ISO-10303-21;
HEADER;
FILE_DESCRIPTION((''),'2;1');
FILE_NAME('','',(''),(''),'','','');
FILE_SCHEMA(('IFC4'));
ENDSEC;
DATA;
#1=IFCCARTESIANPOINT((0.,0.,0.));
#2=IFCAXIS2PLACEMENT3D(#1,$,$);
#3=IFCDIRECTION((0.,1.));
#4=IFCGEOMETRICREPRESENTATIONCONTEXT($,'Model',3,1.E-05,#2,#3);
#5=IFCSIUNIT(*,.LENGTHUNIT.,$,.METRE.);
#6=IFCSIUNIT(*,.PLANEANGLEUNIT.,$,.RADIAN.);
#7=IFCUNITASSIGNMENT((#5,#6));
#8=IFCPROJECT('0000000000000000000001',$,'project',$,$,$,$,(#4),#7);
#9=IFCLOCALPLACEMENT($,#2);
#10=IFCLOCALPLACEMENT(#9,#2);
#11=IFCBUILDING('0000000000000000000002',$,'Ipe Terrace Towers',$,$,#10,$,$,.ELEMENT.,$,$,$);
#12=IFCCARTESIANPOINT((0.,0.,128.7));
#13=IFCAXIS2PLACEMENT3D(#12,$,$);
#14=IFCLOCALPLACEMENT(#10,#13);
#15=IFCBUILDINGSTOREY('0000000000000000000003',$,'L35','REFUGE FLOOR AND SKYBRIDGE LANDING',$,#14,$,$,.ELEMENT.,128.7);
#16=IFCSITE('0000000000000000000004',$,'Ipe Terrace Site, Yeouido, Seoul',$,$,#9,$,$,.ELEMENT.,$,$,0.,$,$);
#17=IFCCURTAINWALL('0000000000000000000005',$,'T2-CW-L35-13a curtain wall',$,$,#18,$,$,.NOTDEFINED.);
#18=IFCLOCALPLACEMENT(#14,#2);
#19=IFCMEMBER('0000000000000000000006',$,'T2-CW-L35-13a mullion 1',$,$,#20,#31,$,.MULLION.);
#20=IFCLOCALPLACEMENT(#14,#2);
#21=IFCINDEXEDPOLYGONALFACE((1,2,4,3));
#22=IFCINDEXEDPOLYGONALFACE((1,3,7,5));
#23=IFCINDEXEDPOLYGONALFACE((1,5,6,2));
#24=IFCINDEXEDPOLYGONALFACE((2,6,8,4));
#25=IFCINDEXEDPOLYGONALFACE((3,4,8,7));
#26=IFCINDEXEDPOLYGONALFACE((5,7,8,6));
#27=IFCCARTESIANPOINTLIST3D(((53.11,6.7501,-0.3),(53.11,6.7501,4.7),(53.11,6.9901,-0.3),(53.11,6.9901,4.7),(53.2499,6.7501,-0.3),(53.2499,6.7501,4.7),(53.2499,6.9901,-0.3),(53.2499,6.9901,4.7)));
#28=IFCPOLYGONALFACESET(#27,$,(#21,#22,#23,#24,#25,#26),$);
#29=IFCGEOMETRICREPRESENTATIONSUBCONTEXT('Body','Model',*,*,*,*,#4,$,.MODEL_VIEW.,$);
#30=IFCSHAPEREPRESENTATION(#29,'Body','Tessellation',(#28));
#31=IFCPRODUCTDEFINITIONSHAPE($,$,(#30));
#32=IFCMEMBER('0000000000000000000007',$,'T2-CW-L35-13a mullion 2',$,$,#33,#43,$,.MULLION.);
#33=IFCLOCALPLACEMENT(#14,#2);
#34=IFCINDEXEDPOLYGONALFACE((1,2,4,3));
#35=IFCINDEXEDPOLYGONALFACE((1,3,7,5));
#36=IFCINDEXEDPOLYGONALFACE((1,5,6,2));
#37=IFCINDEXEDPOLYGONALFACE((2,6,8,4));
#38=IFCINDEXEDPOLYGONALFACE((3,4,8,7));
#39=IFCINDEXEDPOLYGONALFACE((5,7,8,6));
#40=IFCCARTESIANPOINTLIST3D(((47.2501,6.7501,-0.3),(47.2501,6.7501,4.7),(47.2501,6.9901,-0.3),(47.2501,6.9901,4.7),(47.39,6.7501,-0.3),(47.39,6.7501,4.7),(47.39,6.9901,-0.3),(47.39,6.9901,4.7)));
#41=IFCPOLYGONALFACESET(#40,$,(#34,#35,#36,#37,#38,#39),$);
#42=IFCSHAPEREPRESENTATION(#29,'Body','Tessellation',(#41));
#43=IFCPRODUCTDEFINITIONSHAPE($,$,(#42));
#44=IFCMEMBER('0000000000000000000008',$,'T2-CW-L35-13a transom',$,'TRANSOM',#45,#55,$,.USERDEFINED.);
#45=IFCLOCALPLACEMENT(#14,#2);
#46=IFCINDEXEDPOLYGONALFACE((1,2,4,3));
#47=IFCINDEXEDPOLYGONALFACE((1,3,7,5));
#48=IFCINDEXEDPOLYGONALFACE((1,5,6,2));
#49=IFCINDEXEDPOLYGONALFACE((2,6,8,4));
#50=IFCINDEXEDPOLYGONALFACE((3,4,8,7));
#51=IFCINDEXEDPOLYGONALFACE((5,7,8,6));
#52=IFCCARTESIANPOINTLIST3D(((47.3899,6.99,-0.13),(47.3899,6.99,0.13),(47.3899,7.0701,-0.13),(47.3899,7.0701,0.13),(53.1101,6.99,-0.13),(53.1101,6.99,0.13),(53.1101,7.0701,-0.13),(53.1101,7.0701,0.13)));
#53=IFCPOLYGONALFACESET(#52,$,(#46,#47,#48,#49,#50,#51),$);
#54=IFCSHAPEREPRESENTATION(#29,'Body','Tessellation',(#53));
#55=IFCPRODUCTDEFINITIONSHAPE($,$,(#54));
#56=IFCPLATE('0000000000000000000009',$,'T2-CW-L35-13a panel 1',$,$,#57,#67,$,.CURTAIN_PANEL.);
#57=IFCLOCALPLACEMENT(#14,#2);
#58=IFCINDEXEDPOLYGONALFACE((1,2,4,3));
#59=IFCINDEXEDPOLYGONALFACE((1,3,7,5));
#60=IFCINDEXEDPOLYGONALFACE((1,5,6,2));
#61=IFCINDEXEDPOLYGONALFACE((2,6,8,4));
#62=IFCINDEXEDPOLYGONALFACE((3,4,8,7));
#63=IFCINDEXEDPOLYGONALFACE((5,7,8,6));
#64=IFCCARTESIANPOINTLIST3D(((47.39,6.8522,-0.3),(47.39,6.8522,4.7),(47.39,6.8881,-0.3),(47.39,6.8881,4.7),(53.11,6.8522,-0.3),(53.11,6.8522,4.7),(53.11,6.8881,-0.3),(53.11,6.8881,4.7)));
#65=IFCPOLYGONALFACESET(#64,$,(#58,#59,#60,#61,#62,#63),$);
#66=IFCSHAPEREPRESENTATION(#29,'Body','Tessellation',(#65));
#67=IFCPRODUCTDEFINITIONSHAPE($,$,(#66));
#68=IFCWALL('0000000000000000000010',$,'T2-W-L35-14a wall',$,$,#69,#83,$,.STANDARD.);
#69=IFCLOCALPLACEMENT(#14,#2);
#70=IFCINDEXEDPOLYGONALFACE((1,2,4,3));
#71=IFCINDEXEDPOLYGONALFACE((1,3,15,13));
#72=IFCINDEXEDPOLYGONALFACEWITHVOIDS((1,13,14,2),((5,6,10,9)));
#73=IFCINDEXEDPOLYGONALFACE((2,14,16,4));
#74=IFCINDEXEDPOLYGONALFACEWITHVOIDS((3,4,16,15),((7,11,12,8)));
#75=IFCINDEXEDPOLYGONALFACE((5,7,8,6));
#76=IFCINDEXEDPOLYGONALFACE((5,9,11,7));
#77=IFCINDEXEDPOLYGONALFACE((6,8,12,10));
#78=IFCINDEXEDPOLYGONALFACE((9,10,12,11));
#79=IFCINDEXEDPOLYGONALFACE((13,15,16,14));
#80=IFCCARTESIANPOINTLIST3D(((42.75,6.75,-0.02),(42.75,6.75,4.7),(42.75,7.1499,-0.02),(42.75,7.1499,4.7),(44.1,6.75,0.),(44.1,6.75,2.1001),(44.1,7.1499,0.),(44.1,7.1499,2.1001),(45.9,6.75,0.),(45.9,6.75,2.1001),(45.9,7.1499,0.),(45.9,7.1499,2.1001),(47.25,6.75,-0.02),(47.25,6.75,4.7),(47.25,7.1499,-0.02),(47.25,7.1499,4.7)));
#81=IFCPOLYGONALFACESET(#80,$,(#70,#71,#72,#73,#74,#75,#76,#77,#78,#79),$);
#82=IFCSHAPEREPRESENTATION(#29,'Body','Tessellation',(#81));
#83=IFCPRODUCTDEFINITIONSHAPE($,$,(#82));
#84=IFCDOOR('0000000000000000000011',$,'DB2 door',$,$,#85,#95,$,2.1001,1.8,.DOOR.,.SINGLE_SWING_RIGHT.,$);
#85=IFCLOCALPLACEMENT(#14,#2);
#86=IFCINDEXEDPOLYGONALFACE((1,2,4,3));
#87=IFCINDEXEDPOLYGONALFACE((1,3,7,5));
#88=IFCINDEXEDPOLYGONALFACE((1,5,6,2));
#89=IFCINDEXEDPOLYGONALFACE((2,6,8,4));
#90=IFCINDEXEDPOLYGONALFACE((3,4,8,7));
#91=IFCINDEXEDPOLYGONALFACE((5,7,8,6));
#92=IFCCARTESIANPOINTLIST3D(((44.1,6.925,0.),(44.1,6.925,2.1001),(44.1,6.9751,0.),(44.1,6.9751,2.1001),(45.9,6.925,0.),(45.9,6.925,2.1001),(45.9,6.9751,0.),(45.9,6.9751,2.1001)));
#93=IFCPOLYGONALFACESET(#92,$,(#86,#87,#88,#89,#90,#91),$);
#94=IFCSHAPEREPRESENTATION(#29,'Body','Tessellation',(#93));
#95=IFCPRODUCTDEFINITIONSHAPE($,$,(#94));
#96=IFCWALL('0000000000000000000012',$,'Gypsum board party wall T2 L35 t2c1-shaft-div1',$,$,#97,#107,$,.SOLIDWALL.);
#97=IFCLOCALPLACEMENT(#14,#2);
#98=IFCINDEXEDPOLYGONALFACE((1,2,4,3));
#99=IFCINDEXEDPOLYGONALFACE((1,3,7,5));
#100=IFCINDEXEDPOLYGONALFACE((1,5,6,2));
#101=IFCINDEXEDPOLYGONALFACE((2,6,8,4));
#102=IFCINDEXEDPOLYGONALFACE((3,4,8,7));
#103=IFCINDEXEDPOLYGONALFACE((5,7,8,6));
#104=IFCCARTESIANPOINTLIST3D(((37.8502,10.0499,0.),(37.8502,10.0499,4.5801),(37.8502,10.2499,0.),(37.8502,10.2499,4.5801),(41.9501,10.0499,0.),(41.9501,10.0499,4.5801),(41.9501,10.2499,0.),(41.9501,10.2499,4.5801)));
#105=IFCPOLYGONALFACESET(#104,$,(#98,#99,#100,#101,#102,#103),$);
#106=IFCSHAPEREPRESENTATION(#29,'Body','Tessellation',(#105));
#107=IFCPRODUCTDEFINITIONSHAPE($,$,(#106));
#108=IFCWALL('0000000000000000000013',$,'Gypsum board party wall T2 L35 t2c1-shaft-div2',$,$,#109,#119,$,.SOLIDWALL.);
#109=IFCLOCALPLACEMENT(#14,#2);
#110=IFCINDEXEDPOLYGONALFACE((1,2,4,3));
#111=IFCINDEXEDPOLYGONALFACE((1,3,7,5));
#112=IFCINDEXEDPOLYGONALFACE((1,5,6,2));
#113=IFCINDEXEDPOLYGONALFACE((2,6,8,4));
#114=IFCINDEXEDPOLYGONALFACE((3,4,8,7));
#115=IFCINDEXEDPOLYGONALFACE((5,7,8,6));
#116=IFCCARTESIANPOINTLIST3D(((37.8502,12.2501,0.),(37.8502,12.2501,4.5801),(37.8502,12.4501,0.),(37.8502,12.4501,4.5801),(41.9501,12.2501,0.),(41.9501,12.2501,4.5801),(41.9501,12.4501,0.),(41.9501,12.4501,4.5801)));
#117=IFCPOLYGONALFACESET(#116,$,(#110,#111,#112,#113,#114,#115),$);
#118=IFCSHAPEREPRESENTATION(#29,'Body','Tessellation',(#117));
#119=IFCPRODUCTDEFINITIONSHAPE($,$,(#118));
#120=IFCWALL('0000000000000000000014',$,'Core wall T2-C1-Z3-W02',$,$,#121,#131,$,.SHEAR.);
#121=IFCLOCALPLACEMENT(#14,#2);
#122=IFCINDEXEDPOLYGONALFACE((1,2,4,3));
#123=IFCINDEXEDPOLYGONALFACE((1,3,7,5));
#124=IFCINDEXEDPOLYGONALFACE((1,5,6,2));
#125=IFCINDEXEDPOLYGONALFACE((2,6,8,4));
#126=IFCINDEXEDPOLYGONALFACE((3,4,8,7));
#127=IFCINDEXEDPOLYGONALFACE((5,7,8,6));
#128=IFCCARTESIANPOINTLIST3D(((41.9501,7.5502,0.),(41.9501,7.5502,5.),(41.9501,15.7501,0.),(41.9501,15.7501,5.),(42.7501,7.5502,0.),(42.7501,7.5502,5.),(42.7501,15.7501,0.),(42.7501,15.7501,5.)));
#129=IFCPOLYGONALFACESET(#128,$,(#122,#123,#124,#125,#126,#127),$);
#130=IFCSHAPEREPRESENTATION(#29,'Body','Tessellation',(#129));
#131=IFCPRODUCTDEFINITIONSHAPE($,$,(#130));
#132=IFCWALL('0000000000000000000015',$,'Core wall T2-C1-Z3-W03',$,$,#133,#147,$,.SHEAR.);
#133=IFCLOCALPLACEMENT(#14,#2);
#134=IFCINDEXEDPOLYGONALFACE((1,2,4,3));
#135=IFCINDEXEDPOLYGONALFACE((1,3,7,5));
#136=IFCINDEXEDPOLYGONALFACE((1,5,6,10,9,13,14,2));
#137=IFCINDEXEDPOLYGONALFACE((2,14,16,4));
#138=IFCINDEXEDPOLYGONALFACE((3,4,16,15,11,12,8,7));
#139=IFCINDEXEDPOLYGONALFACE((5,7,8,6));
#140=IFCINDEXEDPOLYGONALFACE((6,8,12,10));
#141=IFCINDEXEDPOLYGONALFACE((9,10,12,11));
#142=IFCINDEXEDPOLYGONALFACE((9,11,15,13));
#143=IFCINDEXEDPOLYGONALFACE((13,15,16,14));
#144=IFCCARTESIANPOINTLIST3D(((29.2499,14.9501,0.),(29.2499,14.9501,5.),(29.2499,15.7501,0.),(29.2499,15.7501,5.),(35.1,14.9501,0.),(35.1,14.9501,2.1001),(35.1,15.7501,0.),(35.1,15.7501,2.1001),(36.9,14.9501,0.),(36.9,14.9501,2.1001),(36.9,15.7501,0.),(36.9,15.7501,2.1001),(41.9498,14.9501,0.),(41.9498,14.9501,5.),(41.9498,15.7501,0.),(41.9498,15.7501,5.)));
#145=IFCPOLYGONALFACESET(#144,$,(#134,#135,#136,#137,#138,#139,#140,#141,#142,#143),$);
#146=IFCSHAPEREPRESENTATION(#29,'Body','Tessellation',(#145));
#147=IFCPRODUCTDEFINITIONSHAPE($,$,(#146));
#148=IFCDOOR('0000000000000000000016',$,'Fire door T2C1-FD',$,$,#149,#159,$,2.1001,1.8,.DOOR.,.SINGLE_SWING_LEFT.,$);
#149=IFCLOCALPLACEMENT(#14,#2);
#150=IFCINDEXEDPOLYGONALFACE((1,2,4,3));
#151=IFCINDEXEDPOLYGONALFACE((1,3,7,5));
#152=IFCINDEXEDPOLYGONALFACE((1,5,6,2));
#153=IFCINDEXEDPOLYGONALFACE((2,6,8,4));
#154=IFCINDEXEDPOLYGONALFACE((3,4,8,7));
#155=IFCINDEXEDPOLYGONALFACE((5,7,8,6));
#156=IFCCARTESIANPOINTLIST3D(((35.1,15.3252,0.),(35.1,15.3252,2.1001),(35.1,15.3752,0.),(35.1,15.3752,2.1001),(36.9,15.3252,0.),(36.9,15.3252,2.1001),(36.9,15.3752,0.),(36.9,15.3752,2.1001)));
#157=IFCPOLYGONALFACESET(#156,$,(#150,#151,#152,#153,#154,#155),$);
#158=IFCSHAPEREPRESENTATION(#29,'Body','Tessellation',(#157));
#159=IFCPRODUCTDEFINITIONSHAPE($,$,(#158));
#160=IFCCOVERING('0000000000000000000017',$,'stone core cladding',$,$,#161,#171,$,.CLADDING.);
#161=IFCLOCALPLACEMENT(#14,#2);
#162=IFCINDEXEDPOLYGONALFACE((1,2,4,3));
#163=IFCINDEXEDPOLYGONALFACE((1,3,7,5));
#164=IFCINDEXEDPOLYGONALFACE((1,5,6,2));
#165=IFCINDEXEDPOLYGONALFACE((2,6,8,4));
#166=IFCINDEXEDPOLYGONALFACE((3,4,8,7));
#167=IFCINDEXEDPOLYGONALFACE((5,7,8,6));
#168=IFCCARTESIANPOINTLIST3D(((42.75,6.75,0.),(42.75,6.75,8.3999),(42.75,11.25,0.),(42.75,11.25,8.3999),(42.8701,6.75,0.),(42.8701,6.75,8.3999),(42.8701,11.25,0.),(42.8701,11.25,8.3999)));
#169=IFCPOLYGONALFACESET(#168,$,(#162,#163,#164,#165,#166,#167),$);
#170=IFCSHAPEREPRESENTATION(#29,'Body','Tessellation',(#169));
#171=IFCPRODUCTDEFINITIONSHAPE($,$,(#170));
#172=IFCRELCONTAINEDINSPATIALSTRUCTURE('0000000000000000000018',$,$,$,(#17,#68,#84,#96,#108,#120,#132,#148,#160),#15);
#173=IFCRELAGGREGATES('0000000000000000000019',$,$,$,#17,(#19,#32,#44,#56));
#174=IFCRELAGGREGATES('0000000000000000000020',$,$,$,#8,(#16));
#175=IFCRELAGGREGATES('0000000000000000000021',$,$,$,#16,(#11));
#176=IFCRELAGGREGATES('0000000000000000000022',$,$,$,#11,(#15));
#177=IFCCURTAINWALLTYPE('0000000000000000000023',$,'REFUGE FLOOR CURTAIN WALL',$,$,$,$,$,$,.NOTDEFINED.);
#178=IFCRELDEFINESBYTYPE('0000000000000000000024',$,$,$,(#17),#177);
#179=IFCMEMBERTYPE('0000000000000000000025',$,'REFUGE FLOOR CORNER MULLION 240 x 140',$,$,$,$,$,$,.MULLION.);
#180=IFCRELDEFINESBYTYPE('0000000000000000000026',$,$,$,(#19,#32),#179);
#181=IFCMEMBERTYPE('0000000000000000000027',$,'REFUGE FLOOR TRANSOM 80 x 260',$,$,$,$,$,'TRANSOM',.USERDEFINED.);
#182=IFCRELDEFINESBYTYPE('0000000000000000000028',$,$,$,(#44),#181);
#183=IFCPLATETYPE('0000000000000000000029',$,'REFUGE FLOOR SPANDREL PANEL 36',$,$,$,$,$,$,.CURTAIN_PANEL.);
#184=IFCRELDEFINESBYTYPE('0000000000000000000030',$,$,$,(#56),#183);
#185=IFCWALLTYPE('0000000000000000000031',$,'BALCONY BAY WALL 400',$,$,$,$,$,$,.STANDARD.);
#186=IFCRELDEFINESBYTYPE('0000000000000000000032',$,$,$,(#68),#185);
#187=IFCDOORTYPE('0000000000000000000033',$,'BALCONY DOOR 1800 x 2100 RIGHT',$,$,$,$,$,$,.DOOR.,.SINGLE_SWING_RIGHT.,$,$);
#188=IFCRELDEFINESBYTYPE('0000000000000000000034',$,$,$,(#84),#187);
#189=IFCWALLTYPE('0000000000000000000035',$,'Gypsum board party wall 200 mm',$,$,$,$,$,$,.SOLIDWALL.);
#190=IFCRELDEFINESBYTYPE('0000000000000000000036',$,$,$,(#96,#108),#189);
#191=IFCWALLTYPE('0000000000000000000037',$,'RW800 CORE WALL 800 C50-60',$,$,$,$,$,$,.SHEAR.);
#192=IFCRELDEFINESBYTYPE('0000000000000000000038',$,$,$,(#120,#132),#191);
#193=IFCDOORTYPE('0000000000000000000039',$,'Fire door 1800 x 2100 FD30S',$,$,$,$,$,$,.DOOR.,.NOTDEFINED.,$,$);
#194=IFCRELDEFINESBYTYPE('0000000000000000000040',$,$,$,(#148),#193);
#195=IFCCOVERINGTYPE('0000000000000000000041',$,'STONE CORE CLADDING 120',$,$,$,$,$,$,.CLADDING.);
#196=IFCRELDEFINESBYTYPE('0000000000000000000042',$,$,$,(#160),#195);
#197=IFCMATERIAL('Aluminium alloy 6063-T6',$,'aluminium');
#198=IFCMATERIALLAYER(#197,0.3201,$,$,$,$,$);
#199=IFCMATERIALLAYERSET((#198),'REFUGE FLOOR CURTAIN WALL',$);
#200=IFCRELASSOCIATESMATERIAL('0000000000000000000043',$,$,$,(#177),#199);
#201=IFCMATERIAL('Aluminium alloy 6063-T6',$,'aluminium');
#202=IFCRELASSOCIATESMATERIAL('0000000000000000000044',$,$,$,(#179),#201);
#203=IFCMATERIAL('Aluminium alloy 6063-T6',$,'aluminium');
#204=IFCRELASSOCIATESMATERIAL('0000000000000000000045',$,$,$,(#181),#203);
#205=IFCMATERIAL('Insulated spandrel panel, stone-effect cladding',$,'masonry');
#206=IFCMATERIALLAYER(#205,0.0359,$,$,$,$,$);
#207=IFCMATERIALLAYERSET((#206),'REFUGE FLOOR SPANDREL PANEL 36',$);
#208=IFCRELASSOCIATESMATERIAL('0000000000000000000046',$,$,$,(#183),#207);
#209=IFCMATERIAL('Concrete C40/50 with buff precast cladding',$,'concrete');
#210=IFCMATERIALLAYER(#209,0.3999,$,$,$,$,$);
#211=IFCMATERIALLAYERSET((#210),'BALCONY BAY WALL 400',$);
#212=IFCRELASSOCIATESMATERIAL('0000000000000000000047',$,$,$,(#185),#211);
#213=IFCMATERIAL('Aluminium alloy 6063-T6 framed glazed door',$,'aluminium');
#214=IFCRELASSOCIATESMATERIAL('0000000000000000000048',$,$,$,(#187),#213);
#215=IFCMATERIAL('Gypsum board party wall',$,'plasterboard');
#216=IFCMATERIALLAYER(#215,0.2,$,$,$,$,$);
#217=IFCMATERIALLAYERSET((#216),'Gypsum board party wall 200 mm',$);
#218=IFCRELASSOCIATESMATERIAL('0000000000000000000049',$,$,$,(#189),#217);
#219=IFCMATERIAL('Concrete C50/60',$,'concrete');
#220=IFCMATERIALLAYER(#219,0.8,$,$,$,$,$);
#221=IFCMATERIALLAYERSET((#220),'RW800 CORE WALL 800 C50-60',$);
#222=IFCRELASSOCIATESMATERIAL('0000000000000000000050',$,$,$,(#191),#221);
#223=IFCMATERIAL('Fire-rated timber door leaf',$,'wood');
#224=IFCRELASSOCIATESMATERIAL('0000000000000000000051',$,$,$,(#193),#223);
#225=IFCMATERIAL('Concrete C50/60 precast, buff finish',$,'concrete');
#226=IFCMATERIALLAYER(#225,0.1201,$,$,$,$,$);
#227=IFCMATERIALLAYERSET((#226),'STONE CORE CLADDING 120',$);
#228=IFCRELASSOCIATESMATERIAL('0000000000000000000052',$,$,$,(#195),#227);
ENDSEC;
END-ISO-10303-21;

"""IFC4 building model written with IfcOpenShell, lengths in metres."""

from ifc_helpers import new_model, si_unit, direction, frame, frame_2d, origin, origin_2d, place, context, subcontext, project, spatial, rectangle, extrude, material, layer, layer_set, material_profile, profile_set, type_object, element, fill, aggregate, save


model = new_model("IFC4")

# Units and contexts
model_context = context("Model", 3, precision=1e-05, world=origin(), true_north=direction((0.0, 1.0)))
body_context = subcontext(model_context, "Body", "Model", "MODEL_VIEW")
ifc_project = project(units=[si_unit("LENGTHUNIT", "METRE"), si_unit("PLANEANGLEUNIT", "RADIAN")], contexts=[model_context])

# Site, building, storey
site_placement = place(None, origin())
site = spatial("IfcSite", under=ifc_project, at=site_placement, Name="Ipe Terrace Site, Yeouido, Seoul", CompositionType="ELEMENT", RefElevation=0.0)
building_placement = place(site_placement, origin())
building = spatial("IfcBuilding", under=site, at=building_placement, Name="Ipe Terrace Towers", CompositionType="ELEMENT")
storey_placement = place(building_placement, frame((0.0, 0.0, 128.7)))
storey = spatial("IfcBuildingStorey", under=building, at=storey_placement, Name="L35", Description="REFUGE FLOOR AND SKYBRIDGE LANDING", CompositionType="ELEMENT", Elevation=128.7)

# Curtain wall, members, plate
ifc_material_1 = material(Name="Aluminium alloy 6063-T6", Category="aluminium")
ifc_layer_1 = layer(ifc_material_1, 0.3201)
ifc_layer_set_1 = layer_set([ifc_layer_1], Name="REFUGE FLOOR CURTAIN WALL")
curtain_wall_type = type_object("IfcCurtainWallType", Name="REFUGE FLOOR CURTAIN WALL", PredefinedType="NOTDEFINED", material=ifc_layer_set_1)
curtain_wall_placement = place(storey_placement, origin())
curtain_wall = element("IfcCurtainWall", 1, at=curtain_wall_placement, inside=storey, type_object=curtain_wall_type, Name="T2-CW-L35-13a curtain wall", PredefinedType="NOTDEFINED")
ifc_material_2 = material(Name="Aluminium alloy 6063-T6", Category="aluminium")
ifc_material_profile_1 = material_profile(ifc_material_2, rectangle(XDim=0.24, YDim=0.1399, at=origin_2d()), Name="REFUGE FLOOR CORNER MULLION 240 x 140")
ifc_profile_set_1 = profile_set([ifc_material_profile_1], Name="Aluminium alloy 6063-T6")
member_type_1 = type_object("IfcMemberType", Name="REFUGE FLOOR CORNER MULLION 240 x 140", PredefinedType="MULLION", material=ifc_profile_set_1)
member_1_placement = place(storey_placement, frame((53.1799, 6.8701, -0.3), z_axis=(0.0, 0.0, 1.0), x_axis=(0.0, 1.0, 0.0)))
member_1 = element("IfcMember", 2, at=member_1_placement, type_object=member_type_1, Name="T2-CW-L35-13a mullion 1", PredefinedType="MULLION", context=body_context, shape_type="SweptSolid", body=[
    extrude(rectangle(XDim=0.24, YDim=0.1399, at=origin_2d()), origin(), (0.0, 0.0, 1.0), 5.0),
])
member_2_placement = place(storey_placement, frame((47.3201, 6.8701, -0.3), z_axis=(0.0, 0.0, 1.0), x_axis=(0.0, 1.0, 0.0)))
member_2 = element("IfcMember", 3, at=member_2_placement, type_object=member_type_1, Name="T2-CW-L35-13a mullion 2", PredefinedType="MULLION", context=body_context, shape_type="SweptSolid", body=[
    extrude(rectangle(XDim=0.24, YDim=0.1399, at=origin_2d()), origin(), (0.0, 0.0, 1.0), 5.0),
])
ifc_material_3 = material(Name="Aluminium alloy 6063-T6", Category="aluminium")
ifc_material_profile_2 = material_profile(ifc_material_3, rectangle(XDim=0.0801, YDim=0.26, at=origin_2d()), Name="REFUGE FLOOR TRANSOM 80 x 260")
ifc_profile_set_2 = profile_set([ifc_material_profile_2], Name="Aluminium alloy 6063-T6")
member_type_2 = type_object("IfcMemberType", Name="REFUGE FLOOR TRANSOM 80 x 260", ElementType="TRANSOM", PredefinedType="USERDEFINED", material=ifc_profile_set_2)
member_3_placement = place(storey_placement, frame((53.1101, 7.03, 0.0), z_axis=(-1.0, 0.0, 0.0), x_axis=(0.0, 1.0, 0.0)))
member_3 = element("IfcMember", 4, at=member_3_placement, type_object=member_type_2, Name="T2-CW-L35-13a transom", ObjectType="TRANSOM", PredefinedType="USERDEFINED", context=body_context, shape_type="SweptSolid", body=[
    extrude(rectangle(XDim=0.0801, YDim=0.26, at=origin_2d()), origin(), (0.0, 0.0, 1.0), 5.7202),
])
ifc_material_4 = material(Name="Insulated spandrel panel, stone-effect cladding", Category="masonry")
ifc_layer_2 = layer(ifc_material_4, 0.0359)
ifc_layer_set_2 = layer_set([ifc_layer_2], Name="REFUGE FLOOR SPANDREL PANEL 36")
plate_type = type_object("IfcPlateType", Name="REFUGE FLOOR SPANDREL PANEL 36", PredefinedType="CURTAIN_PANEL", material=ifc_layer_set_2)
plate_placement = place(storey_placement, frame((50.25, 6.8701, -0.3), z_axis=(0.0, 0.0, 1.0), x_axis=(-1.0, 0.0, 0.0)))
plate = element("IfcPlate", 5, at=plate_placement, type_object=plate_type, Name="T2-CW-L35-13a panel 1", PredefinedType="CURTAIN_PANEL", context=body_context, shape_type="SweptSolid", body=[
    extrude(rectangle(XDim=5.72, YDim=0.0359, at=origin_2d()), origin(), (0.0, 0.0, 1.0), 5.0),
])
aggregate(curtain_wall, [member_1, member_2, member_3, plate])

# Wall, opening, door
ifc_material_5 = material(Name="Concrete C40/50 with buff precast cladding", Category="concrete")
ifc_layer_3 = layer(ifc_material_5, 0.3999)
ifc_layer_set_3 = layer_set([ifc_layer_3], Name="BALCONY BAY WALL 400")
wall_type_1 = type_object("IfcWallType", Name="BALCONY BAY WALL 400", PredefinedType="STANDARD", material=ifc_layer_set_3)
wall_1_placement = place(storey_placement, frame((47.25, 6.95, -0.02), z_axis=(0.0, 0.0, 1.0), x_axis=(-1.0, 0.0, 0.0)))
wall_1 = element("IfcWall", 6, at=wall_1_placement, inside=storey, type_object=wall_type_1, Name="T2-W-L35-14a wall", PredefinedType="STANDARD", context=body_context, shape_type="SweptSolid", body=[
    extrude(rectangle(XDim=4.5, YDim=0.3999, at=frame_2d((2.25, 0.0))), origin(), (0.0, 0.0, 1.0), 4.72),
])
opening_1_placement = place(wall_1_placement, frame((1.3501, 0.0, 0.02)))
opening_1 = element("IfcOpeningElement", 7, at=opening_1_placement, cuts=wall_1, PredefinedType="OPENING", context=body_context, shape_type="SweptSolid", body=[
    extrude(rectangle(XDim=1.8, YDim=2.1001, at=frame_2d((0.8999, 1.05))), frame((0.0, 0.21, 0.0), z_axis=(0.0, -1.0, 0.0), x_axis=(1.0, 0.0, 0.0)), (0.0, 0.0, 1.0), 0.4199),
])
ifc_material_6 = material(Name="Aluminium alloy 6063-T6 framed glazed door", Category="aluminium")
door_type_1 = type_object("IfcDoorType", Name="BALCONY DOOR 1800 x 2100 RIGHT", OperationType="SINGLE_SWING_RIGHT", PredefinedType="DOOR", material=ifc_material_6)
door_1_placement = place(opening_1_placement, origin())
door_1 = element("IfcDoor", 8, at=door_1_placement, inside=storey, type_object=door_type_1, Name="DB2 door", OperationType="SINGLE_SWING_RIGHT", OverallHeight=2.1001, OverallWidth=1.8, PredefinedType="DOOR", context=body_context, shape_type="SweptSolid", body=[
    extrude(rectangle(XDim=1.8, YDim=2.1001, at=frame_2d((0.8999, 1.05))), frame((0.0, 0.0249, 0.0), z_axis=(0.0, -1.0, 0.0), x_axis=(1.0, 0.0, 0.0)), (0.0, 0.0, 1.0), 0.05),
])
fill(opening_1, door_1)

# Walls
ifc_material_7 = material(Name="Gypsum board party wall", Category="plasterboard")
ifc_layer_4 = layer(ifc_material_7, 0.2)
ifc_layer_set_4 = layer_set([ifc_layer_4], Name="Gypsum board party wall 200 mm")
wall_type_2 = type_object("IfcWallType", Name="Gypsum board party wall 200 mm", PredefinedType="SOLIDWALL", material=ifc_layer_set_4)
for number, where, z_axis, x_axis, name in (
    (9, (41.95, 10.1499, 0.0), (0.0, 0.0, 1.0), (-1.0, 0.0, 0.0), "Gypsum board party wall T2 L35 t2c1-shaft-div1"),
    (10, (41.95, 12.3501, 0.0), (0.0, 0.0, 1.0), (-1.0, 0.0, 0.0), "Gypsum board party wall T2 L35 t2c1-shaft-div2"),
):
    element("IfcWall", number, at=place(storey_placement, frame(where, z_axis=z_axis, x_axis=x_axis)), inside=storey, type_object=wall_type_2, Name=name, PredefinedType="SOLIDWALL", context=body_context, shape_type="SweptSolid", body=[
        extrude(rectangle(XDim=4.0999, YDim=0.2, at=frame_2d((2.0498, 0.0))), origin(), (0.0, 0.0, 1.0), 4.5801),
    ])
ifc_material_8 = material(Name="Concrete C50/60", Category="concrete")
ifc_layer_5 = layer(ifc_material_8, 0.8)
ifc_layer_set_5 = layer_set([ifc_layer_5], Name="RW800 CORE WALL 800 C50-60")
wall_type_3 = type_object("IfcWallType", Name="RW800 CORE WALL 800 C50-60", PredefinedType="SHEAR", material=ifc_layer_set_5)
wall_2_placement = place(storey_placement, frame((42.3501, 7.55, 0.0), z_axis=(0.0, 0.0, 1.0), x_axis=(0.0, 1.0, 0.0)))
element("IfcWall", 11, at=wall_2_placement, inside=storey, type_object=wall_type_3, Name="Core wall T2-C1-Z3-W02", PredefinedType="SHEAR", context=body_context, shape_type="SweptSolid", body=[
    extrude(rectangle(XDim=8.2, YDim=0.8, at=frame_2d((4.1001, 0.0))), origin(), (0.0, 0.0, 1.0), 5.0),
])

# Wall, opening, door
wall_3_placement = place(storey_placement, frame((41.95, 15.3501, 0.0), z_axis=(0.0, 0.0, 1.0), x_axis=(-1.0, 0.0, 0.0)))
wall_3 = element("IfcWall", 12, at=wall_3_placement, inside=storey, type_object=wall_type_3, Name="Core wall T2-C1-Z3-W03", PredefinedType="SHEAR", context=body_context, shape_type="SweptSolid", body=[
    extrude(rectangle(XDim=12.7, YDim=0.8, at=frame_2d((6.3501, 0.0))), origin(), (0.0, 0.0, 1.0), 5.0),
])
opening_2_placement = place(wall_3_placement, frame((5.05, 0.0, 0.0)))
opening_2 = element("IfcOpeningElement", 13, at=opening_2_placement, cuts=wall_3, PredefinedType="OPENING", context=body_context, shape_type="SweptSolid", body=[
    extrude(rectangle(XDim=1.8, YDim=2.1001, at=frame_2d((0.8999, 1.05))), frame((0.0, 0.4102, 0.0), z_axis=(0.0, -1.0, 0.0), x_axis=(1.0, 0.0, 0.0)), (0.0, 0.0, 1.0), 0.8201),
])
ifc_material_9 = material(Name="Fire-rated timber door leaf", Category="wood")
door_type_2 = type_object("IfcDoorType", Name="Fire door 1800 x 2100 FD30S", OperationType="NOTDEFINED", PredefinedType="DOOR", material=ifc_material_9)
door_2_placement = place(opening_2_placement, origin())
door_2 = element("IfcDoor", 14, at=door_2_placement, inside=storey, type_object=door_type_2, Name="Fire door T2C1-FD", OperationType="SINGLE_SWING_LEFT", OverallHeight=2.1001, OverallWidth=1.8, PredefinedType="DOOR", context=body_context, shape_type="SweptSolid", body=[
    extrude(rectangle(XDim=1.8, YDim=2.1001, at=frame_2d((0.8999, 1.05))), frame((0.0, 0.0249, 0.0), z_axis=(0.0, -1.0, 0.0), x_axis=(1.0, 0.0, 0.0)), (0.0, 0.0, 1.0), 0.05),
])
fill(opening_2, door_2)

# Covering
ifc_material_10 = material(Name="Concrete C50/60 precast, buff finish", Category="concrete")
ifc_layer_6 = layer(ifc_material_10, 0.1201)
ifc_layer_set_6 = layer_set([ifc_layer_6], Name="STONE CORE CLADDING 120")
covering_type_1 = type_object("IfcCoveringType", Name="STONE CORE CLADDING 120", PredefinedType="CLADDING", material=ifc_layer_set_6)
covering_1_placement = place(storey_placement, frame((42.8101, 9.0, 0.0), z_axis=(0.0, 0.0, 1.0), x_axis=(0.0, 1.0, 0.0)))
element("IfcCovering", 15, at=covering_1_placement, inside=storey, type_object=covering_type_1, Name="stone core cladding", PredefinedType="CLADDING", context=body_context, shape_type="SweptSolid", body=[
    extrude(rectangle(XDim=4.5, YDim=0.1201, at=origin_2d()), origin(), (0.0, 0.0, 1.0), 8.3999),
])

save(model, "model.ifc")
